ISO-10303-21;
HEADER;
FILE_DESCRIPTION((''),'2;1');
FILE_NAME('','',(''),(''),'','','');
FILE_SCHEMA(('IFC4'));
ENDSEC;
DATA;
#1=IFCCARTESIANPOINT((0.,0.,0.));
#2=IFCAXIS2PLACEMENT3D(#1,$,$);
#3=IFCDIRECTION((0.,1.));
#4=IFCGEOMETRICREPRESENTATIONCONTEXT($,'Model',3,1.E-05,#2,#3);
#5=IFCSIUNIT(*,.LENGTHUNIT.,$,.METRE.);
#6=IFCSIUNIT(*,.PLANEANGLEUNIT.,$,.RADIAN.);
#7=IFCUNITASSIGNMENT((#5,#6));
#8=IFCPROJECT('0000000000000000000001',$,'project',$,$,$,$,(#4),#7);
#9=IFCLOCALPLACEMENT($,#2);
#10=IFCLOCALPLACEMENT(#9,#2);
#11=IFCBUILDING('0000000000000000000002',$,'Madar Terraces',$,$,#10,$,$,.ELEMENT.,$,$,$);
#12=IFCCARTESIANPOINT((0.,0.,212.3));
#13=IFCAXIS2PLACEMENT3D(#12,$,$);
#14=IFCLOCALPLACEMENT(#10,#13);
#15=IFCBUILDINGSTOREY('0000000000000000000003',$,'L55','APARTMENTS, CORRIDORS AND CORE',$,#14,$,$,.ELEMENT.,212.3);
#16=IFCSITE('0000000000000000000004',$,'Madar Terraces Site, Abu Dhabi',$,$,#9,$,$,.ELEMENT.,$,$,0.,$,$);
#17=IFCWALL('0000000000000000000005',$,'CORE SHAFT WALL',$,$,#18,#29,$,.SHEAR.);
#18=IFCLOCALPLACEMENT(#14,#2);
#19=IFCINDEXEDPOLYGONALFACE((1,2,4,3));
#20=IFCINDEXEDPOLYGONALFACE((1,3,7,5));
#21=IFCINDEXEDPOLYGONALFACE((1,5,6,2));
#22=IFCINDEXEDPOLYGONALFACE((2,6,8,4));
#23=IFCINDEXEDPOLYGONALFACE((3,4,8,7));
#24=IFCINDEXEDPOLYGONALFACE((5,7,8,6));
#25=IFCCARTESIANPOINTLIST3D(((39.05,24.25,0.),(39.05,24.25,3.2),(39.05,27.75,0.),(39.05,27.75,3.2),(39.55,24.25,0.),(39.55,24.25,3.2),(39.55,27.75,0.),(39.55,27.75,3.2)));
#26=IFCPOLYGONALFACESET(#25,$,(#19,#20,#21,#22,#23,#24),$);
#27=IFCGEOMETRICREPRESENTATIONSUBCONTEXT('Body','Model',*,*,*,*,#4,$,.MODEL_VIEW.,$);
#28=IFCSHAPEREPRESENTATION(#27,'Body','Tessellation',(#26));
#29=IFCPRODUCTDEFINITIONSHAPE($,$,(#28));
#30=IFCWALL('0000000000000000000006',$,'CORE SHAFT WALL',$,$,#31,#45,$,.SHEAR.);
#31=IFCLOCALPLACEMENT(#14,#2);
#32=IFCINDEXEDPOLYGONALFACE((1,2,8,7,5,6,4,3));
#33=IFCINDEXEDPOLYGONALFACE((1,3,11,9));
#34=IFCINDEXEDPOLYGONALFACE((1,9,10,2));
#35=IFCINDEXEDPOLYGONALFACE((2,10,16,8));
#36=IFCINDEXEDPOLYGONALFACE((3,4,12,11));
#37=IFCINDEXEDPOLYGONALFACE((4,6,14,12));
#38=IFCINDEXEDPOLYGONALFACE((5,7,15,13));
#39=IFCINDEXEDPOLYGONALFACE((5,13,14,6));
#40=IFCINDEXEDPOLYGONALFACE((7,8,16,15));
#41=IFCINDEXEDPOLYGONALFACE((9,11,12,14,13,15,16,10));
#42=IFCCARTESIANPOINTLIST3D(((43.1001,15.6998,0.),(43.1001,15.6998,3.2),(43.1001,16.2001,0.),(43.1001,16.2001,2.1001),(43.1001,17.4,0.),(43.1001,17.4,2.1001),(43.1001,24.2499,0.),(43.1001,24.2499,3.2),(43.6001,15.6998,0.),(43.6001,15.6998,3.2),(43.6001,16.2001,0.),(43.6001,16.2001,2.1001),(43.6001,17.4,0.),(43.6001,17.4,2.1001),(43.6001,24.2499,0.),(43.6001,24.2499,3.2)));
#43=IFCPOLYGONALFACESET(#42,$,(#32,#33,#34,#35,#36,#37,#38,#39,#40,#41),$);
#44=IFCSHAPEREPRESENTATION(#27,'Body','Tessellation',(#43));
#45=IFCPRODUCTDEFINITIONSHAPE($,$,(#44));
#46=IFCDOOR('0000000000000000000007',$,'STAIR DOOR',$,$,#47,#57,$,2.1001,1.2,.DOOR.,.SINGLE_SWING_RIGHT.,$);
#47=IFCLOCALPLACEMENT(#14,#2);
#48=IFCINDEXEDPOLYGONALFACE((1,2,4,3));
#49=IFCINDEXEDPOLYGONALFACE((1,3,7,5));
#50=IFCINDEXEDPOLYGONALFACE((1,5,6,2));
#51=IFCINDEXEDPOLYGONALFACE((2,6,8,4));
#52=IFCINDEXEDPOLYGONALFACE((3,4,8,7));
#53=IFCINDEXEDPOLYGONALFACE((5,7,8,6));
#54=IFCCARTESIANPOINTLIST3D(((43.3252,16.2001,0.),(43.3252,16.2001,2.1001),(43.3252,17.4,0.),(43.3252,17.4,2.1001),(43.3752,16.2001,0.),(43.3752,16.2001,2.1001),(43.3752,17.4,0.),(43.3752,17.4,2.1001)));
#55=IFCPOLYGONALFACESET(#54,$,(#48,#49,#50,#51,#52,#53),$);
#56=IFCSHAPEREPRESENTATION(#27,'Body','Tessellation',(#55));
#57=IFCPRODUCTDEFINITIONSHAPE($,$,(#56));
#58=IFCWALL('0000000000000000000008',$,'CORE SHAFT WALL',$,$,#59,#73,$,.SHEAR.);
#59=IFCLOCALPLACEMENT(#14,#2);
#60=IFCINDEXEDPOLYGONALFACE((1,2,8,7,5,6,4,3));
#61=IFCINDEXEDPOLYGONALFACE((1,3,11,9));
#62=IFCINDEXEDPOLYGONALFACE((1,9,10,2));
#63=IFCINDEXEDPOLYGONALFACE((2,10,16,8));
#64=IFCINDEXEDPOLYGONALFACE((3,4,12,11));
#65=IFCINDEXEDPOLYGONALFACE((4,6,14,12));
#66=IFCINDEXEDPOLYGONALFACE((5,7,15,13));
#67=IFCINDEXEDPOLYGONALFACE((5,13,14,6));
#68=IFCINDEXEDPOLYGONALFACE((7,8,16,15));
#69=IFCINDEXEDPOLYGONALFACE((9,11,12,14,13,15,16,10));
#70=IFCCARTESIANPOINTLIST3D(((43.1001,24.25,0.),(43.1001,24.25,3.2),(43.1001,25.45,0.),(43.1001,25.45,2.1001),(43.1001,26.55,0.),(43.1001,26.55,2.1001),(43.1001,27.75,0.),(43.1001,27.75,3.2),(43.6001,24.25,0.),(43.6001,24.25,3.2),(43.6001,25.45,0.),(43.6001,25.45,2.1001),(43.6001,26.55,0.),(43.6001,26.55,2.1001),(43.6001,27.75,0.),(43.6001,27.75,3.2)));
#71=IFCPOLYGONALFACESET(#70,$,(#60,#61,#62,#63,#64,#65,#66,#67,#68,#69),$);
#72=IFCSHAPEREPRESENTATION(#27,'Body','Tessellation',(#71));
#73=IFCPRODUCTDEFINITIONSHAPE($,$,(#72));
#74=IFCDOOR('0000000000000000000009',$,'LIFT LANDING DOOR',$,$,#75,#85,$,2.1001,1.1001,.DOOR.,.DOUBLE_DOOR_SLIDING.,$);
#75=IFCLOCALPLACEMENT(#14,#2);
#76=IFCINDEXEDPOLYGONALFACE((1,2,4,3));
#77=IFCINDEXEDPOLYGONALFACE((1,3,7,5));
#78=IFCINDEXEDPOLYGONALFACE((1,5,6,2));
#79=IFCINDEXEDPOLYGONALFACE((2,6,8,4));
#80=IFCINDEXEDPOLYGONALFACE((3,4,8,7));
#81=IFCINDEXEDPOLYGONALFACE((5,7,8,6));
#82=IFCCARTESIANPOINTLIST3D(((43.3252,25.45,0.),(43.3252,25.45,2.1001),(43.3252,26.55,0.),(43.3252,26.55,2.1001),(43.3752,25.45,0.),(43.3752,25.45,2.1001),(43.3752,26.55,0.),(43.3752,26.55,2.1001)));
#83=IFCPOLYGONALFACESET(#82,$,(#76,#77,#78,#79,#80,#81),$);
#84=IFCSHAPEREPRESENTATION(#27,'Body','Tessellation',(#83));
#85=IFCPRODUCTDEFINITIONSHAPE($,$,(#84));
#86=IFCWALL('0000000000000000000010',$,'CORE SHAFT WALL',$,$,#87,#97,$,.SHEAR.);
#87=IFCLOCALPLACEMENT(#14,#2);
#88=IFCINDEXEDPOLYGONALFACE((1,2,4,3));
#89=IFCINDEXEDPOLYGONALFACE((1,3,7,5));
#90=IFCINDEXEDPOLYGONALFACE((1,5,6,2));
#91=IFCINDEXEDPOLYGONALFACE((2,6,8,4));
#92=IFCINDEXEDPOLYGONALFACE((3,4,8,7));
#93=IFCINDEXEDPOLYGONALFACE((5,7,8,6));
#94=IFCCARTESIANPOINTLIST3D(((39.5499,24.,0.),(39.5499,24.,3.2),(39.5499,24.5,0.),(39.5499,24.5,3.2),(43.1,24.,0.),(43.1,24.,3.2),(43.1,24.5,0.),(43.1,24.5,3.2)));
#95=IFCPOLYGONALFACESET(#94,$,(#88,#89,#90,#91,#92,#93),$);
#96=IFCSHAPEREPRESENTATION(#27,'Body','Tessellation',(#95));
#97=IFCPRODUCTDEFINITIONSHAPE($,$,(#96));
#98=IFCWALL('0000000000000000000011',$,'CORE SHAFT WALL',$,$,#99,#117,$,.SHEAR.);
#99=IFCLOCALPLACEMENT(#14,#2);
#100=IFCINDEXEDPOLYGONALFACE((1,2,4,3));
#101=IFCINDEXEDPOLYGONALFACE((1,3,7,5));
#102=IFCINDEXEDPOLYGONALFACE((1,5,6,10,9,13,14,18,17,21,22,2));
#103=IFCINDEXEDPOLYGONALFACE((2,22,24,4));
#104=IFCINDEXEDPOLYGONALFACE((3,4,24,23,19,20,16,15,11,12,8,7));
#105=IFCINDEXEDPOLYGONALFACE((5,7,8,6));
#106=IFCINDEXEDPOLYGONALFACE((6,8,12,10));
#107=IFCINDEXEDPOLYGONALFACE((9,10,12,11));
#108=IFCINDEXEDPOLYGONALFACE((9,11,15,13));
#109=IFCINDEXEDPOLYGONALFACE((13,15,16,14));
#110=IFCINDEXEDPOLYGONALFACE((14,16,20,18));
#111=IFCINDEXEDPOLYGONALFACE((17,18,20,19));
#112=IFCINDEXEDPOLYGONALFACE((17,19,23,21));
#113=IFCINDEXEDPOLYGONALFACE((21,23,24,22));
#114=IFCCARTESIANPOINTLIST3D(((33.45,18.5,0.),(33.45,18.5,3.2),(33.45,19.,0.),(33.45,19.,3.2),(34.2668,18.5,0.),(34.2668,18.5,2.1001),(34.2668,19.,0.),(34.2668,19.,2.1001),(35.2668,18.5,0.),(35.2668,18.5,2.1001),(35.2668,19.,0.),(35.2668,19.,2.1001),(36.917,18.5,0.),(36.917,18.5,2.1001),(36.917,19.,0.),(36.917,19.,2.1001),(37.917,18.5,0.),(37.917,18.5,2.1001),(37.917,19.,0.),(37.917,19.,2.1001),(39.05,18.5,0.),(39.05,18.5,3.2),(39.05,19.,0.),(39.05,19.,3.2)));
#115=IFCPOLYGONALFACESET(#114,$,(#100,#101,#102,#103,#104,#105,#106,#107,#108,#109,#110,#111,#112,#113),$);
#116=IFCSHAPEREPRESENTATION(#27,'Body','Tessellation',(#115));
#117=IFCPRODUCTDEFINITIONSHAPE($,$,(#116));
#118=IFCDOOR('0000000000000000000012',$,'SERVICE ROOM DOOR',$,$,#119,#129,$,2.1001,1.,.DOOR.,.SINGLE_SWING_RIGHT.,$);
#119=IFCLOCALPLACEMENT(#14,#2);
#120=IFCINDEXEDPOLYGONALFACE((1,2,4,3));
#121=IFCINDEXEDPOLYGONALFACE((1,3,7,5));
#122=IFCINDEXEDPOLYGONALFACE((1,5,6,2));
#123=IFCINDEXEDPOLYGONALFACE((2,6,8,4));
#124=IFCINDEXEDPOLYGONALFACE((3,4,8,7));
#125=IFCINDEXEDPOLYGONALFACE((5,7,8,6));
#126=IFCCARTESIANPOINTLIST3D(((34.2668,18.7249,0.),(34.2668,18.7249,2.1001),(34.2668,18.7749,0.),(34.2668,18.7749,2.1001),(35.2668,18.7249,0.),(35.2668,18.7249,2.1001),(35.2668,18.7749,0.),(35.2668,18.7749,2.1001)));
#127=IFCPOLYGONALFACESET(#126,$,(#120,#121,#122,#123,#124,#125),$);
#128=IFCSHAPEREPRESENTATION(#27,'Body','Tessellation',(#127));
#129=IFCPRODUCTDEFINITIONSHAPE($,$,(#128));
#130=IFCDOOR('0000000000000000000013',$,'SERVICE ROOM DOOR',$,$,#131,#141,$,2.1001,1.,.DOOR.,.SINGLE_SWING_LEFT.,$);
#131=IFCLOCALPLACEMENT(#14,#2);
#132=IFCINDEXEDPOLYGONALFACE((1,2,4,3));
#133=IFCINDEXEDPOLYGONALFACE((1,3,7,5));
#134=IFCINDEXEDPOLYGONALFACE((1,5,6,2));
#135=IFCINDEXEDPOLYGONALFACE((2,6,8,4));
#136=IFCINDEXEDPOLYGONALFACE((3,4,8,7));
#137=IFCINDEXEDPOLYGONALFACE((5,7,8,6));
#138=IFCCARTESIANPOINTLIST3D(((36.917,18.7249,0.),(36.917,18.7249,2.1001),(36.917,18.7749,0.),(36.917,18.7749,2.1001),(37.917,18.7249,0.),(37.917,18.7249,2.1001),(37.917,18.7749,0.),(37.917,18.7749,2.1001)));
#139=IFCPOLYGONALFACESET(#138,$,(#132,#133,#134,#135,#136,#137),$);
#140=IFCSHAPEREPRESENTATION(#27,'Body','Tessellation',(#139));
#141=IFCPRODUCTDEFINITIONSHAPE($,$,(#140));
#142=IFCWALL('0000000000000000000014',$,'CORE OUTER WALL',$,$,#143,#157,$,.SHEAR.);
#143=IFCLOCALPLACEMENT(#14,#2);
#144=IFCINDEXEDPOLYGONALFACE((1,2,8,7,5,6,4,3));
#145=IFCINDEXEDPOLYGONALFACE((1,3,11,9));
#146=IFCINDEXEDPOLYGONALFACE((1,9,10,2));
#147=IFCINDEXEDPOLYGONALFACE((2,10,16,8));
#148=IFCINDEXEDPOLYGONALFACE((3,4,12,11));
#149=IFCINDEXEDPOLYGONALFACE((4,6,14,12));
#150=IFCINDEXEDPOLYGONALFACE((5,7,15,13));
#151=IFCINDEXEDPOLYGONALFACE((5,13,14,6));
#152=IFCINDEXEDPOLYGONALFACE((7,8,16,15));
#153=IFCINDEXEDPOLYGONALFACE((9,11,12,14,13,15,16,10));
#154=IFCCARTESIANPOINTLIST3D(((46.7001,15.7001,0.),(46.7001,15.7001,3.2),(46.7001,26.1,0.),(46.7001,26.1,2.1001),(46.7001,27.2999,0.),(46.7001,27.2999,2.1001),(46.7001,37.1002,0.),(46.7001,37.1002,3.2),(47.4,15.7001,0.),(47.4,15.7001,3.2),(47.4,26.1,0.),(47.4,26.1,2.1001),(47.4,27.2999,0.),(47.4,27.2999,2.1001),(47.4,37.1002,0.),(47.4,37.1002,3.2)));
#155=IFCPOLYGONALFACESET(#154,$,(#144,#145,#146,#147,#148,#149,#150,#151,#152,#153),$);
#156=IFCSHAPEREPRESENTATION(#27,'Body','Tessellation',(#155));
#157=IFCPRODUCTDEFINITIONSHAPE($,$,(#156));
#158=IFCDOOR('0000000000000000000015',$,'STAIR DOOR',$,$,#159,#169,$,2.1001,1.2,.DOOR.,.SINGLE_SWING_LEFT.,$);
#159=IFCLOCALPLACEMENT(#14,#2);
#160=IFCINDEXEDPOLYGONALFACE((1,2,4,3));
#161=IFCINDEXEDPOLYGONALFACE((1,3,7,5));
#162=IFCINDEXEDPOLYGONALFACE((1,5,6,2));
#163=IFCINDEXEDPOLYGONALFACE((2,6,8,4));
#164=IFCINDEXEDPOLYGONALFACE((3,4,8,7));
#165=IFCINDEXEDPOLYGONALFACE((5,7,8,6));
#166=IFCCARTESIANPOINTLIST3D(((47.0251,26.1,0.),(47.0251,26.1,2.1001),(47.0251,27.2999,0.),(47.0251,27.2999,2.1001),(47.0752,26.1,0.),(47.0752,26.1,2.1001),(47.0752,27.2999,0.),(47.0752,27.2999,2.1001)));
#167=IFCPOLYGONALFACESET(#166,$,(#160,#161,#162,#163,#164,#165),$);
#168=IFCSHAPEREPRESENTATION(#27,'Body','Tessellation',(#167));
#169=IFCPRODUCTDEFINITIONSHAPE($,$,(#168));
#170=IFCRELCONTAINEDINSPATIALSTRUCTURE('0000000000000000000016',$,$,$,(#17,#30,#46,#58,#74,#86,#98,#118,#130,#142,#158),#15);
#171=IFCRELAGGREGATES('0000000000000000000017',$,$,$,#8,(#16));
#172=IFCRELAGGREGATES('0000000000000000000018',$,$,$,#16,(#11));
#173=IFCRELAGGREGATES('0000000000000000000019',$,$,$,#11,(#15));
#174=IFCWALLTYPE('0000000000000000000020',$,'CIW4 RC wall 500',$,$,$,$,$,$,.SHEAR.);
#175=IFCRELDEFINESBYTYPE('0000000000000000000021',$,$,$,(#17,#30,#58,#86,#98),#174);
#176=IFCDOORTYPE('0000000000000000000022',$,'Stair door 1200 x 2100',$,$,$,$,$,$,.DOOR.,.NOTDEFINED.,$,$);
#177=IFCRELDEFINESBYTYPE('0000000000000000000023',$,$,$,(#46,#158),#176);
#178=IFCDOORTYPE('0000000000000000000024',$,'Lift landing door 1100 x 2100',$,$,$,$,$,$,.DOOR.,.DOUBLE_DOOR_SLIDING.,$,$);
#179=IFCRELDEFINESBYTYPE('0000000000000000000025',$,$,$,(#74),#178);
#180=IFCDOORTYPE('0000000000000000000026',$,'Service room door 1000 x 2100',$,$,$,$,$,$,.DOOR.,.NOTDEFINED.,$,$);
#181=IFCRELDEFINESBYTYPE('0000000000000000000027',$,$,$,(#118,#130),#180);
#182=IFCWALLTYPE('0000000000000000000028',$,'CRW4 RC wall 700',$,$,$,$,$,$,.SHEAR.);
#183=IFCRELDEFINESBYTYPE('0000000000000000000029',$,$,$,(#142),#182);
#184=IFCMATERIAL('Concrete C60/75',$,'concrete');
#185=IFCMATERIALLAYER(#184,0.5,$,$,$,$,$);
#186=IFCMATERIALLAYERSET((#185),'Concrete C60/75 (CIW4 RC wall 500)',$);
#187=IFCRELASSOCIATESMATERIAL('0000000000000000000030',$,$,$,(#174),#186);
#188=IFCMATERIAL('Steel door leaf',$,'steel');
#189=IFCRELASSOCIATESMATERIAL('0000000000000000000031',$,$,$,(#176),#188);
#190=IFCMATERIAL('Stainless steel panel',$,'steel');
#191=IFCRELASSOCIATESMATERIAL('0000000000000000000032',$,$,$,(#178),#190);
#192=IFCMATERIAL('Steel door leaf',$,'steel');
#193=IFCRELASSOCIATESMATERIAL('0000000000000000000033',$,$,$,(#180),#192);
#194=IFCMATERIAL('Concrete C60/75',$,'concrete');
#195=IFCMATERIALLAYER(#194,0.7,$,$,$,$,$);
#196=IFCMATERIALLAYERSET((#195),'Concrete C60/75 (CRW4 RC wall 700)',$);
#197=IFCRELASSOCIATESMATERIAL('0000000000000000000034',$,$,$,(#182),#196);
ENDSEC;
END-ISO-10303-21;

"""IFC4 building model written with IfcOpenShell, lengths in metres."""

from ifc_helpers import new_model, si_unit, direction, frame, frame_2d, origin, place, context, subcontext, project, spatial, rectangle, extrude, material, layer, layer_set, type_object, element, fill, save


model = new_model("IFC4")

# Units and contexts
model_context = context("Model", 3, precision=1e-05, world=origin(), true_north=direction((0.0, 1.0)))
body_context = subcontext(model_context, "Body", "Model", "MODEL_VIEW")
ifc_project = project(units=[si_unit("LENGTHUNIT", "METRE"), si_unit("PLANEANGLEUNIT", "RADIAN")], contexts=[model_context])

# Site, building, storey
site_placement = place(None, origin())
site = spatial("IfcSite", under=ifc_project, at=site_placement, Name="Madar Terraces Site, Abu Dhabi", CompositionType="ELEMENT", RefElevation=0.0)
building_placement = place(site_placement, origin())
building = spatial("IfcBuilding", under=site, at=building_placement, Name="Madar Terraces", CompositionType="ELEMENT")
storey_placement = place(building_placement, frame((0.0, 0.0, 212.3)))
storey = spatial("IfcBuildingStorey", under=building, at=storey_placement, Name="L55", Description="APARTMENTS, CORRIDORS AND CORE", CompositionType="ELEMENT", Elevation=212.3)

# Wall
ifc_material_1 = material(Name="Concrete C60/75", Category="concrete")
ifc_layer_1 = layer(ifc_material_1, 0.5)
ifc_layer_set_1 = layer_set([ifc_layer_1], Name="Concrete C60/75 (CIW4 RC wall 500)")
wall_type_1 = type_object("IfcWallType", Name="CIW4 RC wall 500", PredefinedType="SHEAR", material=ifc_layer_set_1)
wall_1_placement = place(storey_placement, frame((39.3, 24.25, 0.0), z_axis=(0.0, 0.0, 1.0), x_axis=(0.0, 1.0, 0.0)))
element("IfcWall", 1, at=wall_1_placement, inside=storey, type_object=wall_type_1, Name="CORE SHAFT WALL", PredefinedType="SHEAR", context=body_context, shape_type="SweptSolid", body=[
    extrude(rectangle(XDim=3.5, YDim=0.5, at=frame_2d((1.75, 0.0))), origin(), (0.0, 0.0, 1.0), 3.2),
])

# Walls, openings, doors
wall_2_placement = place(storey_placement, frame((43.3501, 15.7, 0.0), z_axis=(0.0, 0.0, 1.0), x_axis=(0.0, 1.0, 0.0)))
wall_2 = element("IfcWall", 2, at=wall_2_placement, inside=storey, type_object=wall_type_1, Name="CORE SHAFT WALL", PredefinedType="SHEAR", context=body_context, shape_type="SweptSolid", body=[
    extrude(rectangle(XDim=8.55, YDim=0.5, at=frame_2d((4.2749, 0.0))), origin(), (0.0, 0.0, 1.0), 3.2),
])
opening_1_placement = place(wall_2_placement, frame((0.5, 0.0, 0.0)))
opening_1 = element("IfcOpeningElement", 3, at=opening_1_placement, cuts=wall_2, PredefinedType="OPENING", context=body_context, shape_type="SweptSolid", body=[
    extrude(rectangle(XDim=1.2, YDim=2.1001, at=frame_2d((0.6001, 1.05))), frame((0.0, 0.26, 0.0), z_axis=(0.0, -1.0, 0.0), x_axis=(1.0, 0.0, 0.0)), (0.0, 0.0, 1.0), 0.52),
])
ifc_material_2 = material(Name="Steel door leaf", Category="steel")
door_type_1 = type_object("IfcDoorType", Name="Stair door 1200 x 2100", OperationType="NOTDEFINED", PredefinedType="DOOR", material=ifc_material_2)
door_1_placement = place(opening_1_placement, origin())
door_1 = element("IfcDoor", 4, at=door_1_placement, inside=storey, type_object=door_type_1, Name="STAIR DOOR", OperationType="SINGLE_SWING_RIGHT", OverallHeight=2.1001, OverallWidth=1.2, PredefinedType="DOOR", context=body_context, shape_type="SweptSolid", body=[
    extrude(rectangle(XDim=1.2, YDim=2.1001, at=frame_2d((0.6001, 1.05))), frame((0.0, 0.0249, 0.0), z_axis=(0.0, -1.0, 0.0), x_axis=(1.0, 0.0, 0.0)), (0.0, 0.0, 1.0), 0.05),
])
fill(opening_1, door_1)
wall_3_placement = place(storey_placement, frame((43.3501, 24.25, 0.0), z_axis=(0.0, 0.0, 1.0), x_axis=(0.0, 1.0, 0.0)))
wall_3 = element("IfcWall", 5, at=wall_3_placement, inside=storey, type_object=wall_type_1, Name="CORE SHAFT WALL", PredefinedType="SHEAR", context=body_context, shape_type="SweptSolid", body=[
    extrude(rectangle(XDim=3.5, YDim=0.5, at=frame_2d((1.75, 0.0))), origin(), (0.0, 0.0, 1.0), 3.2),
])
opening_2_placement = place(wall_3_placement, frame((1.2, 0.0, 0.0)))
opening_2 = element("IfcOpeningElement", 6, at=opening_2_placement, cuts=wall_3, PredefinedType="OPENING", context=body_context, shape_type="SweptSolid", body=[
    extrude(rectangle(XDim=1.1001, YDim=2.1001, at=frame_2d((0.55, 1.05))), frame((0.0, 0.26, 0.0), z_axis=(0.0, -1.0, 0.0), x_axis=(1.0, 0.0, 0.0)), (0.0, 0.0, 1.0), 0.52),
])
ifc_material_3 = material(Name="Stainless steel panel", Category="steel")
door_type_2 = type_object("IfcDoorType", Name="Lift landing door 1100 x 2100", OperationType="DOUBLE_DOOR_SLIDING", PredefinedType="DOOR", material=ifc_material_3)
door_2_placement = place(opening_2_placement, origin())
door_2 = element("IfcDoor", 7, at=door_2_placement, inside=storey, type_object=door_type_2, Name="LIFT LANDING DOOR", OperationType="DOUBLE_DOOR_SLIDING", OverallHeight=2.1001, OverallWidth=1.1001, PredefinedType="DOOR", context=body_context, shape_type="SweptSolid", body=[
    extrude(rectangle(XDim=1.1001, YDim=2.1001, at=frame_2d((0.55, 1.05))), frame((0.0, 0.0249, 0.0), z_axis=(0.0, -1.0, 0.0), x_axis=(1.0, 0.0, 0.0)), (0.0, 0.0, 1.0), 0.05),
])
fill(opening_2, door_2)

# Wall
wall_4_placement = place(storey_placement, frame((39.55, 24.25, 0.0), z_axis=(0.0, 0.0, 1.0), x_axis=(1.0, 0.0, 0.0)))
element("IfcWall", 8, at=wall_4_placement, inside=storey, type_object=wall_type_1, Name="CORE SHAFT WALL", PredefinedType="SHEAR", context=body_context, shape_type="SweptSolid", body=[
    extrude(rectangle(XDim=3.55, YDim=0.5, at=frame_2d((1.7749, 0.0))), origin(), (0.0, 0.0, 1.0), 3.2),
])

# Wall, openings, doors
wall_5_placement = place(storey_placement, frame((33.45, 18.75, 0.0), z_axis=(0.0, 0.0, 1.0), x_axis=(1.0, 0.0, 0.0)))
wall_5 = element("IfcWall", 9, at=wall_5_placement, inside=storey, type_object=wall_type_1, Name="CORE SHAFT WALL", PredefinedType="SHEAR", context=body_context, shape_type="SweptSolid", body=[
    extrude(rectangle(XDim=5.6001, YDim=0.5, at=frame_2d((2.8, 0.0))), origin(), (0.0, 0.0, 1.0), 3.2),
])
opening_3_placement = place(wall_5_placement, frame((0.8169, 0.0, 0.0)))
opening_3 = element("IfcOpeningElement", 10, at=opening_3_placement, cuts=wall_5, PredefinedType="OPENING", context=body_context, shape_type="SweptSolid", body=[
    extrude(rectangle(XDim=1.0, YDim=2.1001, at=frame_2d((0.5, 1.05))), frame((0.0, 0.26, 0.0), z_axis=(0.0, -1.0, 0.0), x_axis=(1.0, 0.0, 0.0)), (0.0, 0.0, 1.0), 0.52),
])
opening_4_placement = place(wall_5_placement, frame((3.467, 0.0, 0.0)))
opening_4 = element("IfcOpeningElement", 11, at=opening_4_placement, cuts=wall_5, PredefinedType="OPENING", context=body_context, shape_type="SweptSolid", body=[
    extrude(rectangle(XDim=1.0, YDim=2.1001, at=frame_2d((0.5, 1.05))), frame((0.0, 0.26, 0.0), z_axis=(0.0, -1.0, 0.0), x_axis=(1.0, 0.0, 0.0)), (0.0, 0.0, 1.0), 0.52),
])
ifc_material_4 = material(Name="Steel door leaf", Category="steel")
door_type_3 = type_object("IfcDoorType", Name="Service room door 1000 x 2100", OperationType="NOTDEFINED", PredefinedType="DOOR", material=ifc_material_4)
door_3_placement = place(opening_3_placement, origin())
door_3 = element("IfcDoor", 12, at=door_3_placement, inside=storey, type_object=door_type_3, Name="SERVICE ROOM DOOR", OperationType="SINGLE_SWING_RIGHT", OverallHeight=2.1001, OverallWidth=1.0, PredefinedType="DOOR", context=body_context, shape_type="SweptSolid", body=[
    extrude(rectangle(XDim=1.0, YDim=2.1001, at=frame_2d((0.5, 1.05))), frame((0.0, 0.0249, 0.0), z_axis=(0.0, -1.0, 0.0), x_axis=(1.0, 0.0, 0.0)), (0.0, 0.0, 1.0), 0.05),
])
fill(opening_3, door_3)
door_4_placement = place(opening_4_placement, origin())
door_4 = element("IfcDoor", 13, at=door_4_placement, inside=storey, type_object=door_type_3, Name="SERVICE ROOM DOOR", OperationType="SINGLE_SWING_LEFT", OverallHeight=2.1001, OverallWidth=1.0, PredefinedType="DOOR", context=body_context, shape_type="SweptSolid", body=[
    extrude(rectangle(XDim=1.0, YDim=2.1001, at=frame_2d((0.5, 1.05))), frame((0.0, 0.0249, 0.0), z_axis=(0.0, -1.0, 0.0), x_axis=(1.0, 0.0, 0.0)), (0.0, 0.0, 1.0), 0.05),
])
fill(opening_4, door_4)

# Wall, opening, door
ifc_material_5 = material(Name="Concrete C60/75", Category="concrete")
ifc_layer_2 = layer(ifc_material_5, 0.7)
ifc_layer_set_2 = layer_set([ifc_layer_2], Name="Concrete C60/75 (CRW4 RC wall 700)")
wall_type_2 = type_object("IfcWallType", Name="CRW4 RC wall 700", PredefinedType="SHEAR", material=ifc_layer_set_2)
wall_6_placement = place(storey_placement, frame((47.05, 15.7, 0.0), z_axis=(0.0, 0.0, 1.0), x_axis=(0.0, 1.0, 0.0)))
wall_6 = element("IfcWall", 14, at=wall_6_placement, inside=storey, type_object=wall_type_2, Name="CORE OUTER WALL", PredefinedType="SHEAR", context=body_context, shape_type="SweptSolid", body=[
    extrude(rectangle(XDim=21.4001, YDim=0.7, at=frame_2d((10.7002, 0.0))), origin(), (0.0, 0.0, 1.0), 3.2),
])
opening_5_placement = place(wall_6_placement, frame((10.3999, 0.0, 0.0)))
opening_5 = element("IfcOpeningElement", 15, at=opening_5_placement, cuts=wall_6, PredefinedType="OPENING", context=body_context, shape_type="SweptSolid", body=[
    extrude(rectangle(XDim=1.2, YDim=2.1001, at=frame_2d((0.6001, 1.05))), frame((0.0, 0.3599, 0.0), z_axis=(0.0, -1.0, 0.0), x_axis=(1.0, 0.0, 0.0)), (0.0, 0.0, 1.0), 0.72),
])
door_5_placement = place(opening_5_placement, origin())
door_5 = element("IfcDoor", 16, at=door_5_placement, inside=storey, type_object=door_type_1, Name="STAIR DOOR", OperationType="SINGLE_SWING_LEFT", OverallHeight=2.1001, OverallWidth=1.2, PredefinedType="DOOR", context=body_context, shape_type="SweptSolid", body=[
    extrude(rectangle(XDim=1.2, YDim=2.1001, at=frame_2d((0.6001, 1.05))), frame((0.0, 0.0249, 0.0), z_axis=(0.0, -1.0, 0.0), x_axis=(1.0, 0.0, 0.0)), (0.0, 0.0, 1.0), 0.05),
])
fill(opening_5, door_5)

save(model, "model.ifc")
